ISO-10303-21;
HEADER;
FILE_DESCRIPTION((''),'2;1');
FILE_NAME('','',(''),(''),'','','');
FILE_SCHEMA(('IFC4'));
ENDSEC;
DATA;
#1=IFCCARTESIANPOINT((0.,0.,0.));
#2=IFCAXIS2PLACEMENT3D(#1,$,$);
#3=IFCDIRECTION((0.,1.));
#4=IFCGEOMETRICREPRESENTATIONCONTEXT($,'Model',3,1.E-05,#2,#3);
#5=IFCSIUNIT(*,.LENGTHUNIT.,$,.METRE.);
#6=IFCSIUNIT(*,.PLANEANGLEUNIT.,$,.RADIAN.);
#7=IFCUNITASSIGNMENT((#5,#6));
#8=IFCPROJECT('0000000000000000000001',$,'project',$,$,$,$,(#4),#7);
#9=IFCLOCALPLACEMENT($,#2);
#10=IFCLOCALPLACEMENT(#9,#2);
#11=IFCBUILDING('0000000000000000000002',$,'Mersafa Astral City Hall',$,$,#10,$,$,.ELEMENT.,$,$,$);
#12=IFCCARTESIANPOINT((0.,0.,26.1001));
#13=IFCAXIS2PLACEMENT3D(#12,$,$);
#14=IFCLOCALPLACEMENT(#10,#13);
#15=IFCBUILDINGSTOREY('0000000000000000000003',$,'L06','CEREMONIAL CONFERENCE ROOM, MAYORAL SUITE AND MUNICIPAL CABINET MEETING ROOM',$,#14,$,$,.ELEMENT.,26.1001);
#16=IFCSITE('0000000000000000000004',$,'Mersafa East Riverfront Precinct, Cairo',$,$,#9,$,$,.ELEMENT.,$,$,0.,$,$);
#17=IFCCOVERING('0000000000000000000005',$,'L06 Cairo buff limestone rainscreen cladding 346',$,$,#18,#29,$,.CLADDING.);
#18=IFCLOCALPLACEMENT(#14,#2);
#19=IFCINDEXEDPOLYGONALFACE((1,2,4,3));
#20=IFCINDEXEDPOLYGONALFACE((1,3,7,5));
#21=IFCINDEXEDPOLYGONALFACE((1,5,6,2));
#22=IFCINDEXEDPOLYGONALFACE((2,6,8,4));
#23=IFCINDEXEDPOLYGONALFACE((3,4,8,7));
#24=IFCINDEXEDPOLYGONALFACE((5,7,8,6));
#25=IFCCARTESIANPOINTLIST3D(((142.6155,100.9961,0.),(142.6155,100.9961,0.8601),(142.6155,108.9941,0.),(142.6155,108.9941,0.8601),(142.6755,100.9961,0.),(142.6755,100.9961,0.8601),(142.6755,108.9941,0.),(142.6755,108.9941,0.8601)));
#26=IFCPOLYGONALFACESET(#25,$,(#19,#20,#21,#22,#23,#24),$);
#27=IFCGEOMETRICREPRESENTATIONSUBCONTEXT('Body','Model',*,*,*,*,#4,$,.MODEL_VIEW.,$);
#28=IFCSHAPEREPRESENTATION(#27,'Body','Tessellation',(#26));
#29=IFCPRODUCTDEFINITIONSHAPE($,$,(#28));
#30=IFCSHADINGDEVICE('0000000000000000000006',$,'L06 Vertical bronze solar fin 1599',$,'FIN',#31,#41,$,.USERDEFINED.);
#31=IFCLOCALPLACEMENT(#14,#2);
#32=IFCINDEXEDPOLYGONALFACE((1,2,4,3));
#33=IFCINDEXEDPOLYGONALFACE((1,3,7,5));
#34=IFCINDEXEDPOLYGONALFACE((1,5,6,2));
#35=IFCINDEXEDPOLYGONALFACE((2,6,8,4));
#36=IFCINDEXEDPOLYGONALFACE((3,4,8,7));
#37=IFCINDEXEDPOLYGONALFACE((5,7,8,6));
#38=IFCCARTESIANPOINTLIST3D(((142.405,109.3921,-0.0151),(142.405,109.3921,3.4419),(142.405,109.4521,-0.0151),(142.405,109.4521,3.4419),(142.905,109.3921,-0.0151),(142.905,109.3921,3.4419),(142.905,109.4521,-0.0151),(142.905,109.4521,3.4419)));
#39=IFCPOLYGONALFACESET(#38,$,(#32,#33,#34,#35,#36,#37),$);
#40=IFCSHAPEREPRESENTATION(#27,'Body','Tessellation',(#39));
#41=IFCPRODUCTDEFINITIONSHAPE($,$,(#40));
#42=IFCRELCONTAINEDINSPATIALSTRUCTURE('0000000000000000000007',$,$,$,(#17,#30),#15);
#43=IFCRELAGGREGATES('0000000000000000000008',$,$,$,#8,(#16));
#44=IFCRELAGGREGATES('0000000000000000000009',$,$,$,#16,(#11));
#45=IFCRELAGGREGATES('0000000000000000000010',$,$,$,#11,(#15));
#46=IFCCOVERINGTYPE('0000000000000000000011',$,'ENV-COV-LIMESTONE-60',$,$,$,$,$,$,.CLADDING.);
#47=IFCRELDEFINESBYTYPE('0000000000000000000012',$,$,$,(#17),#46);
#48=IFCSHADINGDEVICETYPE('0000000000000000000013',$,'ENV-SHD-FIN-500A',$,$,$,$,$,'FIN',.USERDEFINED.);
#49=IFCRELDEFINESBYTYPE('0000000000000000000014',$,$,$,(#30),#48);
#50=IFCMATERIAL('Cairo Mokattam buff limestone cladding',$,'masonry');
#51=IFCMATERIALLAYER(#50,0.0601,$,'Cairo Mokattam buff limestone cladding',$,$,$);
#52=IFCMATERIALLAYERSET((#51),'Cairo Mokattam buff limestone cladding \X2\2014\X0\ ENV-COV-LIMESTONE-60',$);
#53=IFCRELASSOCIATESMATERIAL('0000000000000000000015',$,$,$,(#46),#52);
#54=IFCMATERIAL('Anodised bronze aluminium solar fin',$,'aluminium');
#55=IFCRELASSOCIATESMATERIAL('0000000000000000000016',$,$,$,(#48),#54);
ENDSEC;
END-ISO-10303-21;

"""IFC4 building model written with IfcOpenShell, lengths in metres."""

from ifc_helpers import new_model, si_unit, direction, frame, origin, origin_2d, place, context, subcontext, project, spatial, rectangle, extrude, material, layer, layer_set, type_object, element, save


model = new_model("IFC4")

# Units and contexts
model_context = context("Model", 3, precision=1e-05, world=origin(), true_north=direction((0.0, 1.0)))
body_context = subcontext(model_context, "Body", "Model", "MODEL_VIEW")
ifc_project = project(units=[si_unit("LENGTHUNIT", "METRE"), si_unit("PLANEANGLEUNIT", "RADIAN")], contexts=[model_context])

# Site, building, storey
site_placement = place(None, origin())
site = spatial("IfcSite", under=ifc_project, at=site_placement, Name="Mersafa East Riverfront Precinct, Cairo", CompositionType="ELEMENT", RefElevation=0.0)
building_placement = place(site_placement, origin())
building = spatial("IfcBuilding", under=site, at=building_placement, Name="Mersafa Astral City Hall", CompositionType="ELEMENT")
storey_placement = place(building_placement, frame((0.0, 0.0, 26.1001)))
storey = spatial("IfcBuildingStorey", under=building, at=storey_placement, Name="L06", Description="CEREMONIAL CONFERENCE ROOM, MAYORAL SUITE AND MUNICIPAL CABINET MEETING ROOM", CompositionType="ELEMENT", Elevation=26.1001)

# Covering
ifc_material_1 = material(Name="Cairo Mokattam buff limestone cladding", Category="masonry")
ifc_layer_1 = layer(ifc_material_1, 0.0601, Name="Cairo Mokattam buff limestone cladding")
ifc_layer_set_1 = layer_set([ifc_layer_1], Name="Cairo Mokattam buff limestone cladding — ENV-COV-LIMESTONE-60")
covering_type = type_object("IfcCoveringType", Name="ENV-COV-LIMESTONE-60", PredefinedType="CLADDING", material=ifc_layer_set_1)
covering_placement = place(storey_placement, frame((142.6455, 104.9951, 0.0), z_axis=(0.0, 0.0, 1.0), x_axis=(0.0, -1.0, 0.0)))
element("IfcCovering", 1, at=covering_placement, inside=storey, type_object=covering_type, Name="L06 Cairo buff limestone rainscreen cladding 346", PredefinedType="CLADDING", context=body_context, shape_type="SweptSolid", body=[
    extrude(rectangle(XDim=7.998, YDim=0.0601, at=origin_2d()), origin(), (0.0, 0.0, 1.0), 0.8601),
])

# Shading device
ifc_material_2 = material(Name="Anodised bronze aluminium solar fin", Category="aluminium")
shading_device_type = type_object("IfcShadingDeviceType", Name="ENV-SHD-FIN-500A", ElementType="FIN", PredefinedType="USERDEFINED", material=ifc_material_2)
shading_device_placement = place(storey_placement, frame((142.655, 109.4221, -0.0151), z_axis=(0.0, 0.0, 1.0), x_axis=(0.0, -1.0, 0.0)))
element("IfcShadingDevice", 2, at=shading_device_placement, inside=storey, type_object=shading_device_type, Name="L06 Vertical bronze solar fin 1599", ObjectType="FIN", PredefinedType="USERDEFINED", context=body_context, shape_type="SweptSolid", body=[
    extrude(rectangle(XDim=0.0601, YDim=0.5, at=origin_2d()), origin(), (0.0, 0.0, 1.0), 3.457),
])

save(model, "model.ifc")
